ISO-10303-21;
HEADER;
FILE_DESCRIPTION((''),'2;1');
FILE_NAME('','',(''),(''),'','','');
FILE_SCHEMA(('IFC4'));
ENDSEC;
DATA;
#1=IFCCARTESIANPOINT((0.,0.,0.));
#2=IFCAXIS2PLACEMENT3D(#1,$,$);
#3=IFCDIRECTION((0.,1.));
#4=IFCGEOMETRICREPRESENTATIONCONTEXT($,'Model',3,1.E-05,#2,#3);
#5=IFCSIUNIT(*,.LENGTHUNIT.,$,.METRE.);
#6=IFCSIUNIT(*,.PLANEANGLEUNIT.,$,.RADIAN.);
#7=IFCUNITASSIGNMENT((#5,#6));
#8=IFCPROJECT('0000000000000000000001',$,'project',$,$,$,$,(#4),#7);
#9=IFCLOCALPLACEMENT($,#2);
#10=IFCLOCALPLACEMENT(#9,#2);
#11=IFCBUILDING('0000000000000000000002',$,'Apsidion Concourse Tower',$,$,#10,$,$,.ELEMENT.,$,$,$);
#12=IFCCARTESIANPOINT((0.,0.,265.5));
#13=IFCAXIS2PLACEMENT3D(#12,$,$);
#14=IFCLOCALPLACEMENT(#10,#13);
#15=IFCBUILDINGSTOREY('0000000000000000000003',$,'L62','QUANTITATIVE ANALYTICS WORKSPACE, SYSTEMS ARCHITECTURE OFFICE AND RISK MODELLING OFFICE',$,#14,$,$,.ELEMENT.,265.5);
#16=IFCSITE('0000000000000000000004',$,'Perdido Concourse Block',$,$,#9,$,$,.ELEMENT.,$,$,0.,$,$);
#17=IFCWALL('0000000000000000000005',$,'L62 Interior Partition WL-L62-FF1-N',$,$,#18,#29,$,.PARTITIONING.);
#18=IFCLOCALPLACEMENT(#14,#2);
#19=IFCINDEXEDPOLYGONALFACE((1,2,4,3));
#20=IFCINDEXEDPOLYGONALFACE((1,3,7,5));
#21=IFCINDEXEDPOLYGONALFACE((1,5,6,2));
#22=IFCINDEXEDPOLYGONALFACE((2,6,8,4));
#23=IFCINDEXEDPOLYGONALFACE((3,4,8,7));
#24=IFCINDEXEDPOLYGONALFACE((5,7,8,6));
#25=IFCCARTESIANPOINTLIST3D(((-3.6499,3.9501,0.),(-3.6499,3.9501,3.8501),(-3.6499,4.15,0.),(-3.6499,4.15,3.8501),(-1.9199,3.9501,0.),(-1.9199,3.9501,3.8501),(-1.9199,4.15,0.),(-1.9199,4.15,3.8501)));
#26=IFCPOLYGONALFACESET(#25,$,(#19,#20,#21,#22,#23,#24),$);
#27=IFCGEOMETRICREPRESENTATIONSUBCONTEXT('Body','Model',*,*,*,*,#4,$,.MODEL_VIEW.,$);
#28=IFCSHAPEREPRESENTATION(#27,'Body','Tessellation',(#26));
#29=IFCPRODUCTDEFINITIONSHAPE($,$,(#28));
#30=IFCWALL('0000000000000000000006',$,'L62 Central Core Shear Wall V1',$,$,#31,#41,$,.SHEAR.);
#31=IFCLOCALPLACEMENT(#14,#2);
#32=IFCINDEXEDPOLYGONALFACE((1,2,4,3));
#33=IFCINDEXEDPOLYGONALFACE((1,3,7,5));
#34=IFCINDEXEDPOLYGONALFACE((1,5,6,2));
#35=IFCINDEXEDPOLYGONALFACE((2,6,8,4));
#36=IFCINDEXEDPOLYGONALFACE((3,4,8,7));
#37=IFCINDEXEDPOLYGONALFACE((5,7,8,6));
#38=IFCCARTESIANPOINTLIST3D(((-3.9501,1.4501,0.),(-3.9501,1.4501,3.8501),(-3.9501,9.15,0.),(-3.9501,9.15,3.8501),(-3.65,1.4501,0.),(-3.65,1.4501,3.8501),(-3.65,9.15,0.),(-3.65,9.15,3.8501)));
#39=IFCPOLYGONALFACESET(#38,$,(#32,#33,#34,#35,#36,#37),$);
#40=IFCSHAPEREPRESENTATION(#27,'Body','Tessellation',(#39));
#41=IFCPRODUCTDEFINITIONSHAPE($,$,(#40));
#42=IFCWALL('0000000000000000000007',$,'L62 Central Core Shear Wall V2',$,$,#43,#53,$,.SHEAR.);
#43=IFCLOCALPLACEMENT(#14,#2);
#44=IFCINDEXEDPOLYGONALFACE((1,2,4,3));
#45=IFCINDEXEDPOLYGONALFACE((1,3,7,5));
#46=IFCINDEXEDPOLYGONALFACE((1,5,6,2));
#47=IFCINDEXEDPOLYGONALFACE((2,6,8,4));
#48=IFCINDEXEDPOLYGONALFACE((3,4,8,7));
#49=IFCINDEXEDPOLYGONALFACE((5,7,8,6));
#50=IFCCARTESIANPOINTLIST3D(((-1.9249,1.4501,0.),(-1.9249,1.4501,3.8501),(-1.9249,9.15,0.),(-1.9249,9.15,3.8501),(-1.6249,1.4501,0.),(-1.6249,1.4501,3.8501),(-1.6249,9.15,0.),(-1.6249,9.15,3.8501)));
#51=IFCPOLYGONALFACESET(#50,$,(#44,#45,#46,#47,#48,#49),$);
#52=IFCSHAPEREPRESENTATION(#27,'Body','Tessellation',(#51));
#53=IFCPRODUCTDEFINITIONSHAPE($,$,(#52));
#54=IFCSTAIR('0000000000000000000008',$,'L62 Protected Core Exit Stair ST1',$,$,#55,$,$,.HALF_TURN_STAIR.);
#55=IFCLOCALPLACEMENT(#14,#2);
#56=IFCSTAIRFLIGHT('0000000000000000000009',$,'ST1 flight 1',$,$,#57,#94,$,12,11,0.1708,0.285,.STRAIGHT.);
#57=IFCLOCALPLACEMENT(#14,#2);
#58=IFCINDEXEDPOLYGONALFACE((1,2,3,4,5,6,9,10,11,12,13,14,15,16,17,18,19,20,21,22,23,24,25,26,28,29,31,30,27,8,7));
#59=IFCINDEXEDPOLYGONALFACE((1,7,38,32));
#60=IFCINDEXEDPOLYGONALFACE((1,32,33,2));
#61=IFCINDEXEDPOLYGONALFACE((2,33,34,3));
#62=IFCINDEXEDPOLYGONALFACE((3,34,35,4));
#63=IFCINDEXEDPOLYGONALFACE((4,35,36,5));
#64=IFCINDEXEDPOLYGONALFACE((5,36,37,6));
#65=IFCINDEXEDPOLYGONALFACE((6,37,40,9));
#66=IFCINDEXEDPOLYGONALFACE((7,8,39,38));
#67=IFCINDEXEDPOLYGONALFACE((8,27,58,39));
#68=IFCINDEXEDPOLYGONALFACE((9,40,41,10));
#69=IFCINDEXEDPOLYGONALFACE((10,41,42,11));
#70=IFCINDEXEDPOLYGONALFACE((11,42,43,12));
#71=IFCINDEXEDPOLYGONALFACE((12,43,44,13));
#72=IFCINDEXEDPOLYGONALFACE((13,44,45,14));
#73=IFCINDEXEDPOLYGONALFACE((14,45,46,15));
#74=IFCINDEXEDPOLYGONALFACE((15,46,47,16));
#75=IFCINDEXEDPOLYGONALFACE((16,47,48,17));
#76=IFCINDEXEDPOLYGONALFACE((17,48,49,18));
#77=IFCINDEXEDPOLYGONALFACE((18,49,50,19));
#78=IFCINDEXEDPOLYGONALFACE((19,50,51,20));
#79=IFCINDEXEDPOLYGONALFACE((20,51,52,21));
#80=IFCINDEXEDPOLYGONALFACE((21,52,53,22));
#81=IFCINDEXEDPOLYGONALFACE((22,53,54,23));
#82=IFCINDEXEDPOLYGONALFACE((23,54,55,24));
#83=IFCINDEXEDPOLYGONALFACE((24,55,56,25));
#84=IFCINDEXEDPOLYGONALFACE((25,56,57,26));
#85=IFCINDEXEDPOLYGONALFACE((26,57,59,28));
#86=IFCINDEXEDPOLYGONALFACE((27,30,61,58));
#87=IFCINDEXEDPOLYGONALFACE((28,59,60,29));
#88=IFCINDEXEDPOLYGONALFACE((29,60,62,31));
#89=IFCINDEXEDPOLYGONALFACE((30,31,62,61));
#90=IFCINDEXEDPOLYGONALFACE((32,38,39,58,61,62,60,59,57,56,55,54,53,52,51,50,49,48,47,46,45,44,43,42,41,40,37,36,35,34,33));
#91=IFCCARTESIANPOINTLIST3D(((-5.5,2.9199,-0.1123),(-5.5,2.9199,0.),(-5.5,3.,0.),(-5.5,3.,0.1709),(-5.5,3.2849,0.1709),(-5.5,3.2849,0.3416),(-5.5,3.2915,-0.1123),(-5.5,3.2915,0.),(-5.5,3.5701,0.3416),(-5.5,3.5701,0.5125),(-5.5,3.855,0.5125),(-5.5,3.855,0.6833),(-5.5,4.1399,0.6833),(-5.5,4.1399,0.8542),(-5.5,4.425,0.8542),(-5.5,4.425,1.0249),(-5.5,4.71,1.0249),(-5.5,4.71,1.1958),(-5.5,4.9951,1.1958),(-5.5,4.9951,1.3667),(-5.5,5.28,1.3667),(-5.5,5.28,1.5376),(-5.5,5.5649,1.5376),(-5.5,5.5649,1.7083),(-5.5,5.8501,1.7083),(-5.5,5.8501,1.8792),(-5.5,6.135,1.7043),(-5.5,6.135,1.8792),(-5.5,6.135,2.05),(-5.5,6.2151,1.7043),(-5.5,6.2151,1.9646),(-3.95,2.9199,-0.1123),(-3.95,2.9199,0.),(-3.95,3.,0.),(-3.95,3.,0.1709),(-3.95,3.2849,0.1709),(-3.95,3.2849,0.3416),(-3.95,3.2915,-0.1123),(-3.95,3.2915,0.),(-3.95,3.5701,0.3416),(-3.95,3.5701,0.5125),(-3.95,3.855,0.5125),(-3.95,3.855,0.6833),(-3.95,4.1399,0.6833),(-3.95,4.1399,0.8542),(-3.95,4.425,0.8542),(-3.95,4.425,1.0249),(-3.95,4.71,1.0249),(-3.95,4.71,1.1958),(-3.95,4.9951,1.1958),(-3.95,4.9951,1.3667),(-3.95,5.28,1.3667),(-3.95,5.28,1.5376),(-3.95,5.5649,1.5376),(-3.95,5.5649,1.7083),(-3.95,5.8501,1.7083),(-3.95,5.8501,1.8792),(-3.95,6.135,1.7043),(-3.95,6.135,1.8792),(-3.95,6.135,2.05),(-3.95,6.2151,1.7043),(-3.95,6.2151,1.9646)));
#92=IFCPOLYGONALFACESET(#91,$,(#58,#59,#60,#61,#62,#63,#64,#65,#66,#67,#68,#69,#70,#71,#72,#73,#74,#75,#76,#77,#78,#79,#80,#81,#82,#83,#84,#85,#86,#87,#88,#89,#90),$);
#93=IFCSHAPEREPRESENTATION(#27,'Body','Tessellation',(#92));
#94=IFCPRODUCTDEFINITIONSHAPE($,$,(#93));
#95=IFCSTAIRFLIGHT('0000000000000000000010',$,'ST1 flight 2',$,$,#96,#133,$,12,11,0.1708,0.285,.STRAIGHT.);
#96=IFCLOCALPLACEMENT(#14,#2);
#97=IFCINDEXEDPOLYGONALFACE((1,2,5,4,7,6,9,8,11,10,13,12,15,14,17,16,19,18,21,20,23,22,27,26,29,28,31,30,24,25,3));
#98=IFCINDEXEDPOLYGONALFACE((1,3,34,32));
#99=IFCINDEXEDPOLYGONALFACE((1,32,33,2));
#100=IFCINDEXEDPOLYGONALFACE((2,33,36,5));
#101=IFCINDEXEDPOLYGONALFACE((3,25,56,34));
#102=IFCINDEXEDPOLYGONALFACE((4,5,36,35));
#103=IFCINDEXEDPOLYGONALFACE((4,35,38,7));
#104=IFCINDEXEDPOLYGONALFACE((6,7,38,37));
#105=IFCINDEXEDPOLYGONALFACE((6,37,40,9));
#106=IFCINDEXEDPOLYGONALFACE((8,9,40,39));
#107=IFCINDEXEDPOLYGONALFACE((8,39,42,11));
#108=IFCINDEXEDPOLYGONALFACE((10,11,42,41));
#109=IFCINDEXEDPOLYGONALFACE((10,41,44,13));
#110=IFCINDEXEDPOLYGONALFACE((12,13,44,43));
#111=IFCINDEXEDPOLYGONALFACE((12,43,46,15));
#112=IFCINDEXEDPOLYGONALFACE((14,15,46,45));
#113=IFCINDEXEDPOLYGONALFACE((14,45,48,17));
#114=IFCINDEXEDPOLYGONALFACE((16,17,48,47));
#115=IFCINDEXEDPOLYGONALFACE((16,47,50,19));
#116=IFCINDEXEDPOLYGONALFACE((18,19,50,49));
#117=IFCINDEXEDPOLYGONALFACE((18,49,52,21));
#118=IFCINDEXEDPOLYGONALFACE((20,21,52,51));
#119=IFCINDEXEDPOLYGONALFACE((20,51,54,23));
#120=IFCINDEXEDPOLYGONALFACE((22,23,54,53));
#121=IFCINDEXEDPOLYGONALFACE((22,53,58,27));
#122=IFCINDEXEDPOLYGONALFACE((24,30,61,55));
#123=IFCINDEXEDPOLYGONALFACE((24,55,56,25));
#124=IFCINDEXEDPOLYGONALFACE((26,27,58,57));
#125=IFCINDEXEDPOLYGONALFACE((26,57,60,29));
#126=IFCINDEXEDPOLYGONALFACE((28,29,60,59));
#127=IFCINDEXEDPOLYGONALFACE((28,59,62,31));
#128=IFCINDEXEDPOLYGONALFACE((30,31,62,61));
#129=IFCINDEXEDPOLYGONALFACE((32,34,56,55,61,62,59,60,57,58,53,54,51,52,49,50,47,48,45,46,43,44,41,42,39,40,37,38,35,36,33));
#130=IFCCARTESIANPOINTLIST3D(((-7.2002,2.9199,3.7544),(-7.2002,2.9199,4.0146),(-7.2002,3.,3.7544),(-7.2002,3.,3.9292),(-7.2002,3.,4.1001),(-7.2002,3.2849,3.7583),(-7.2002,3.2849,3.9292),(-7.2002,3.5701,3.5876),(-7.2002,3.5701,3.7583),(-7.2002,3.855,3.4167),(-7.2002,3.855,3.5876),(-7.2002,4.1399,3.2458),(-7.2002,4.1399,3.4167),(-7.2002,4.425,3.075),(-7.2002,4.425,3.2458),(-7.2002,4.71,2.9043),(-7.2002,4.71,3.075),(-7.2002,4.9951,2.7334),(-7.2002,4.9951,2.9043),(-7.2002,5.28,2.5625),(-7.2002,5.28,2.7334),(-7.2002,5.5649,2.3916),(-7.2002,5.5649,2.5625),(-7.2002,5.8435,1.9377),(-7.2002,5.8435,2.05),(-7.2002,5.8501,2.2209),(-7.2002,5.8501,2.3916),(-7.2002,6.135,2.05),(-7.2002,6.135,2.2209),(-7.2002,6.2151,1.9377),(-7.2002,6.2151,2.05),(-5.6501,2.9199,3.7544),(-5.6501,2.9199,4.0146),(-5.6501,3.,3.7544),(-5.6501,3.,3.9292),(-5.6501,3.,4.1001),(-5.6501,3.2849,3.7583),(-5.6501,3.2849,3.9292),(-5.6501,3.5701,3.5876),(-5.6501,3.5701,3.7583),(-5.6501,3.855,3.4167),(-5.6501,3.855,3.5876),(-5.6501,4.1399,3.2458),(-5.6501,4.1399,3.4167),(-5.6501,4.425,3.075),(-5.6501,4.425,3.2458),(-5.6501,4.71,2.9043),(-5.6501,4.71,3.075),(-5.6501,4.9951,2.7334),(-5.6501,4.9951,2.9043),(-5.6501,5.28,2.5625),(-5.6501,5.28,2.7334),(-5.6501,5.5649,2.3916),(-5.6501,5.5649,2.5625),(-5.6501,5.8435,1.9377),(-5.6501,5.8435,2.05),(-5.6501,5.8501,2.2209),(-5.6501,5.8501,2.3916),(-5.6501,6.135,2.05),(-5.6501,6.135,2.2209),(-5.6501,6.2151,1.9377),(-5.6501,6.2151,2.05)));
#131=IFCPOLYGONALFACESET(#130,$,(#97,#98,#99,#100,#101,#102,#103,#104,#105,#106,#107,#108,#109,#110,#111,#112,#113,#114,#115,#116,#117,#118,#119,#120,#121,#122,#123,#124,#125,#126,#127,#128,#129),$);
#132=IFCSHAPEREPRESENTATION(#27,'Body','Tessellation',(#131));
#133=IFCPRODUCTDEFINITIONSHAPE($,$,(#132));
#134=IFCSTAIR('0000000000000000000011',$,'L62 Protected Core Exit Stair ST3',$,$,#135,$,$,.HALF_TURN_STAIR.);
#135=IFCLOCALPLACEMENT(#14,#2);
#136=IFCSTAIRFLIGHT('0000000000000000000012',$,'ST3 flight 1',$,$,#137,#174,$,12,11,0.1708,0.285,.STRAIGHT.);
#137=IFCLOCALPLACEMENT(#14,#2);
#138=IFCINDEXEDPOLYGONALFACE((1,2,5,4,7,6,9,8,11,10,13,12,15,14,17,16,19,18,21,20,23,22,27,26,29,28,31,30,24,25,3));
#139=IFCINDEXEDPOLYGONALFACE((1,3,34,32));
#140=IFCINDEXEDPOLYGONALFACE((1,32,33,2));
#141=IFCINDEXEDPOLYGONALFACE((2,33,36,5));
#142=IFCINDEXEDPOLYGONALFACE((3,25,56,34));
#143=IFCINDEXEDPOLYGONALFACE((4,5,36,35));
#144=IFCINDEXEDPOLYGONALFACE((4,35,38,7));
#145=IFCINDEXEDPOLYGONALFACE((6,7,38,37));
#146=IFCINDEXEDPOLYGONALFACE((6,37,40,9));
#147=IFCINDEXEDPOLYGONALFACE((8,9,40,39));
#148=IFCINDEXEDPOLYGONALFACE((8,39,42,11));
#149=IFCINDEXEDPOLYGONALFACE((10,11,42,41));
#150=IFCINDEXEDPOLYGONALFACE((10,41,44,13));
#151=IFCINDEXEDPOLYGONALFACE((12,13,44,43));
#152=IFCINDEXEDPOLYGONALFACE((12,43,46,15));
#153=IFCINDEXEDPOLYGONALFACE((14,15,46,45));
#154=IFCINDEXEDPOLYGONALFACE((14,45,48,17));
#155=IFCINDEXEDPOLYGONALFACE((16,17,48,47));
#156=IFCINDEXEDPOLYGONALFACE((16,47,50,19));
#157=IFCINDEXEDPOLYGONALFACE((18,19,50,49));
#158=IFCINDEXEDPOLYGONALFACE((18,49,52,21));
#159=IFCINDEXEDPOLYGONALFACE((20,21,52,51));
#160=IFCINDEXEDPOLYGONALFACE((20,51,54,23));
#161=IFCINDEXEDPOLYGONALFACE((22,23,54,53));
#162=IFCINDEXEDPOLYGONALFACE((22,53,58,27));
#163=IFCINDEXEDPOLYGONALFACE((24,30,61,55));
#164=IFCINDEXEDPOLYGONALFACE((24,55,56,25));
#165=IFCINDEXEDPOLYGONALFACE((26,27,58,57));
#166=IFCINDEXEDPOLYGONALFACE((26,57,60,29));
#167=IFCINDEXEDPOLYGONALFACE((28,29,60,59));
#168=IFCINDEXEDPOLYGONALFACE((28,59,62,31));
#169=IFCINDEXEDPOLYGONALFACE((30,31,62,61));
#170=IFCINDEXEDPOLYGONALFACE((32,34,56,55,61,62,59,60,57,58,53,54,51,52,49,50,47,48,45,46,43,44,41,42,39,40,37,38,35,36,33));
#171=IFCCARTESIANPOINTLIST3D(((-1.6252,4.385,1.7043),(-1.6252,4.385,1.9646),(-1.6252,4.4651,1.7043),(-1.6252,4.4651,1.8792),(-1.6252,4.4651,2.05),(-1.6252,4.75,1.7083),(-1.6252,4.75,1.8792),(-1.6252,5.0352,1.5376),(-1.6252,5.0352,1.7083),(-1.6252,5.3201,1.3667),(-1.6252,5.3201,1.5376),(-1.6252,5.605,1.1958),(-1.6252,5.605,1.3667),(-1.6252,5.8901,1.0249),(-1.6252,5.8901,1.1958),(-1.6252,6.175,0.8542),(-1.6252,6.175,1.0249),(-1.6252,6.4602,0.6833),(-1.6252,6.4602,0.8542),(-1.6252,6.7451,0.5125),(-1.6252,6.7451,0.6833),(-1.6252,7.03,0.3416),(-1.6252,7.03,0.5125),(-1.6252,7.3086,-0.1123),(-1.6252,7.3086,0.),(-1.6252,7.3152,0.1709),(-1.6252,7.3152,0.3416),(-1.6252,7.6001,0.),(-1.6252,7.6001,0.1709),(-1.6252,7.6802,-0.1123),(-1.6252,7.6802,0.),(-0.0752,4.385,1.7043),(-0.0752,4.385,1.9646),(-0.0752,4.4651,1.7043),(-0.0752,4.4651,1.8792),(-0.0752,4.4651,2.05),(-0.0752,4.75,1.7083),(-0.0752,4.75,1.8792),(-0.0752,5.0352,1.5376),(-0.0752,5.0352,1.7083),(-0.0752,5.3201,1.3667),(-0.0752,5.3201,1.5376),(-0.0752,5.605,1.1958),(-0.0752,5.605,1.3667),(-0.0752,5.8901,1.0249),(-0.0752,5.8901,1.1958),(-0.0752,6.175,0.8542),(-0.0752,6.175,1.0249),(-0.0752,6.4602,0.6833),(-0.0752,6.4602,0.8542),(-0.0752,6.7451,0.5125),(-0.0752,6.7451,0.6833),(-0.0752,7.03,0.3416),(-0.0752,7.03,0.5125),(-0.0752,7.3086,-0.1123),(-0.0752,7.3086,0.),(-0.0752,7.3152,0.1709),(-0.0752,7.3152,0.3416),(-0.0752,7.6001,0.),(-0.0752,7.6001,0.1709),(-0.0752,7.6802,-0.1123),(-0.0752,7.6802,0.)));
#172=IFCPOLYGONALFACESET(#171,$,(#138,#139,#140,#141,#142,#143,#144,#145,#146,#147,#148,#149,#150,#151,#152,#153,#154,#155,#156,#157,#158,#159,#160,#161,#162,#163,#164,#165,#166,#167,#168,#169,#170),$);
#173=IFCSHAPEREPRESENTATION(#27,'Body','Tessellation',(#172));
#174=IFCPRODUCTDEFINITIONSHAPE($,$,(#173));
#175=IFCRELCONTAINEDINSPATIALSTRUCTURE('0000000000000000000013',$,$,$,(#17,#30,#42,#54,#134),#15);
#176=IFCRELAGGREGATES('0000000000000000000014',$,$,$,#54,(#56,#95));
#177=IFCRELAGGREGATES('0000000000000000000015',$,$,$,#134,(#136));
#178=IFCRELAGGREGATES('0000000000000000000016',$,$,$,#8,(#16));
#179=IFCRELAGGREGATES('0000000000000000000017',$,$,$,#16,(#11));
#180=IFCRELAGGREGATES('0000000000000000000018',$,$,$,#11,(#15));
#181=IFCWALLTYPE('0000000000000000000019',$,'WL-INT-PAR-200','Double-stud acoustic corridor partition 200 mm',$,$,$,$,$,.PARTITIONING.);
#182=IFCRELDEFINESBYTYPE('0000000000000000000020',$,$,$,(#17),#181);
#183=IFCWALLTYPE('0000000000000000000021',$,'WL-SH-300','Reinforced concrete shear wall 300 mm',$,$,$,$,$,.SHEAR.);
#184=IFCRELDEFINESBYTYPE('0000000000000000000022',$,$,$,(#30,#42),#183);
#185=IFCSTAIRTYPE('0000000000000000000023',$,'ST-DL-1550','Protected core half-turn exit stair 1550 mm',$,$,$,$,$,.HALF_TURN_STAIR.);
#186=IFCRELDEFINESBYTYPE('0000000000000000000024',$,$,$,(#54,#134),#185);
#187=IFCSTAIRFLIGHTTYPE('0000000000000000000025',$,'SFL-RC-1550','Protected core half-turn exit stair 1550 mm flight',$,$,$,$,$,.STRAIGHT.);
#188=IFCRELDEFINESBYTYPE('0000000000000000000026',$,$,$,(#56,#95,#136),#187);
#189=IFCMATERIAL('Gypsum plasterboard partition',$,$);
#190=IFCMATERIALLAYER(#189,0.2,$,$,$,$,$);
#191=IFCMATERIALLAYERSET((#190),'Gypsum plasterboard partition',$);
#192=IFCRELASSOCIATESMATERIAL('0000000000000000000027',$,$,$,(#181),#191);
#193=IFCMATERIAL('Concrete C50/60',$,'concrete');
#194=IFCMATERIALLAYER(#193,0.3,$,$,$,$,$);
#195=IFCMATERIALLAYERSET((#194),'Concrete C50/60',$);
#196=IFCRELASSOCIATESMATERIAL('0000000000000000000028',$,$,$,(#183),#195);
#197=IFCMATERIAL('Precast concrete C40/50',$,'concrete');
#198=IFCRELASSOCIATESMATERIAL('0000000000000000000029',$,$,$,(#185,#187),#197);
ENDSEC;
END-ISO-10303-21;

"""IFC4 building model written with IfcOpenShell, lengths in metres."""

from ifc_helpers import new_model, si_unit, direction, frame, frame_2d, origin, place, context, subcontext, project, spatial, polyline, rectangle, outline, extrude, material, layer, layer_set, type_object, element, aggregate, save


model = new_model("IFC4")

# Units and contexts
model_context = context("Model", 3, precision=1e-05, world=origin(), true_north=direction((0.0, 1.0)))
body_context = subcontext(model_context, "Body", "Model", "MODEL_VIEW")
ifc_project = project(units=[si_unit("LENGTHUNIT", "METRE"), si_unit("PLANEANGLEUNIT", "RADIAN")], contexts=[model_context])

# Site, building, storey
site_placement = place(None, origin())
site = spatial("IfcSite", under=ifc_project, at=site_placement, Name="Perdido Concourse Block", CompositionType="ELEMENT", RefElevation=0.0)
building_placement = place(site_placement, origin())
building = spatial("IfcBuilding", under=site, at=building_placement, Name="Apsidion Concourse Tower", CompositionType="ELEMENT")
storey_placement = place(building_placement, frame((0.0, 0.0, 265.5)))
storey = spatial("IfcBuildingStorey", under=building, at=storey_placement, Name="L62", Description="QUANTITATIVE ANALYTICS WORKSPACE, SYSTEMS ARCHITECTURE OFFICE AND RISK MODELLING OFFICE", CompositionType="ELEMENT", Elevation=265.5)

# Shared definitions
ifc_material_1 = material(Name="Concrete C50/60", Category="concrete")

# Shared definitions
ifc_material_2 = material(Name="Gypsum plasterboard partition")

# Walls
ifc_layer_1 = layer(ifc_material_2, 0.2)
ifc_layer_set_1 = layer_set([ifc_layer_1], Name="Gypsum plasterboard partition")
wall_type_1 = type_object("IfcWallType", Name="WL-INT-PAR-200", Description="Double-stud acoustic corridor partition 200 mm", PredefinedType="PARTITIONING", material=ifc_layer_set_1)
wall_1_placement = place(storey_placement, frame((-3.6499, 4.05, 0.0), z_axis=(0.0, 0.0, 1.0), x_axis=(1.0, 0.0, 0.0)))
element("IfcWall", 1, at=wall_1_placement, inside=storey, type_object=wall_type_1, Name="L62 Interior Partition WL-L62-FF1-N", PredefinedType="PARTITIONING", context=body_context, shape_type="SweptSolid", body=[
    extrude(rectangle(XDim=1.73, YDim=0.2, at=frame_2d((0.865, 0.0))), origin(), (0.0, 0.0, 1.0), 3.8501),
])
ifc_layer_2 = layer(ifc_material_1, 0.3)
ifc_layer_set_2 = layer_set([ifc_layer_2], Name="Concrete C50/60")
wall_type_2 = type_object("IfcWallType", Name="WL-SH-300", Description="Reinforced concrete shear wall 300 mm", PredefinedType="SHEAR", material=ifc_layer_set_2)
for number, where, z_axis, x_axis, name in (
    (2, (-3.8, 1.45, 0.0), (0.0, 0.0, 1.0), (0.0, 1.0, 0.0), "L62 Central Core Shear Wall V1"),
    (3, (-1.7749, 1.45, 0.0), (0.0, 0.0, 1.0), (0.0, 1.0, 0.0), "L62 Central Core Shear Wall V2"),
):
    element("IfcWall", number, at=place(storey_placement, frame(where, z_axis=z_axis, x_axis=x_axis)), inside=storey, type_object=wall_type_2, Name=name, PredefinedType="SHEAR", context=body_context, shape_type="SweptSolid", body=[
        extrude(rectangle(XDim=7.7, YDim=0.3, at=frame_2d((3.8501, 0.0))), origin(), (0.0, 0.0, 1.0), 3.8501),
    ])

# Stair, stair flights
ifc_material_3 = material(Name="Precast concrete C40/50", Category="concrete")
stair_type = type_object("IfcStairType", Name="ST-DL-1550", Description="Protected core half-turn exit stair 1550 mm", PredefinedType="HALF_TURN_STAIR", material=ifc_material_3)
stair_1_placement = place(storey_placement, origin())
stair_1 = element("IfcStair", 4, at=stair_1_placement, inside=storey, type_object=stair_type, Name="L62 Protected Core Exit Stair ST1", PredefinedType="HALF_TURN_STAIR")
stair_flight_type = type_object("IfcStairFlightType", Name="SFL-RC-1550", Description="Protected core half-turn exit stair 1550 mm flight", PredefinedType="STRAIGHT", material=ifc_material_3)
stair_flight_1_placement = place(storey_placement, frame((-4.7251, 3.0, 0.0), z_axis=(0.0, 0.0, 1.0), x_axis=(0.0, 1.0, 0.0)))
stair_flight_1 = element("IfcStairFlight", 5, at=stair_flight_1_placement, type_object=stair_flight_type, Name="ST1 flight 1", NumberOfRisers=12, NumberOfTreads=11, PredefinedType="STRAIGHT", RiserHeight=0.1708, TreadLength=0.285, context=body_context, shape_type="SweptSolid", body=[
    extrude(outline(polyline([(-0.0801, -0.1123), (-0.0801, 0.0), (0.0, 0.0), (0.0, 0.1709), (0.2849, 0.1709), (0.2849, 0.3416), (0.5701, 0.3416), (0.5701, 0.5125), (0.855, 0.5125), (0.855, 0.6833), (1.1399, 0.6833), (1.1399, 0.8542), (1.425, 0.8542), (1.425, 1.0249), (1.71, 1.0249), (1.71, 1.1958), (1.9951, 1.1958), (1.9951, 1.3667), (2.28, 1.3667), (2.28, 1.5376), (2.5649, 1.5376), (2.5649, 1.7083), (2.8501, 1.7083), (2.8501, 1.8792), (3.135, 1.8792), (3.135, 2.05), (3.2151, 1.9646), (3.2151, 1.7043), (3.135, 1.7043), (0.2915, 0.0), (0.2915, -0.1123), (-0.0801, -0.1123)])), frame((0.0, 0.7749, 0.0), z_axis=(0.0, -1.0, 0.0), x_axis=(1.0, 0.0, 0.0)), (0.0, 0.0, 1.0), 1.55),
])
stair_flight_2_placement = place(storey_placement, frame((-6.425, 6.135, 2.05), z_axis=(0.0, 0.0, 1.0), x_axis=(0.0, -1.0, 0.0)))
stair_flight_2 = element("IfcStairFlight", 6, at=stair_flight_2_placement, type_object=stair_flight_type, Name="ST1 flight 2", NumberOfRisers=12, NumberOfTreads=11, PredefinedType="STRAIGHT", RiserHeight=0.1708, TreadLength=0.285, context=body_context, shape_type="SweptSolid", body=[
    extrude(outline(polyline([(-0.0801, -0.1123), (-0.0801, 0.0), (0.0, 0.0), (0.0, 0.1709), (0.2849, 0.1709), (0.2849, 0.3416), (0.5701, 0.3416), (0.5701, 0.5125), (0.855, 0.5125), (0.855, 0.6833), (1.1399, 0.6833), (1.1399, 0.8542), (1.425, 0.8542), (1.425, 1.0249), (1.71, 1.0249), (1.71, 1.1958), (1.9951, 1.1958), (1.9951, 1.3667), (2.28, 1.3667), (2.28, 1.5376), (2.5649, 1.5376), (2.5649, 1.7083), (2.8501, 1.7083), (2.8501, 1.8792), (3.135, 1.8792), (3.135, 2.05), (3.2151, 1.9646), (3.2151, 1.7043), (3.135, 1.7043), (0.2915, 0.0), (0.2915, -0.1123), (-0.0801, -0.1123)])), frame((0.0, 0.7749, 0.0), z_axis=(0.0, -1.0, 0.0), x_axis=(1.0, 0.0, 0.0)), (0.0, 0.0, 1.0), 1.55),
])
aggregate(stair_1, [stair_flight_1, stair_flight_2])

# Stair, stair flight
stair_2_placement = place(storey_placement, origin())
stair_2 = element("IfcStair", 7, at=stair_2_placement, inside=storey, type_object=stair_type, Name="L62 Protected Core Exit Stair ST3", PredefinedType="HALF_TURN_STAIR")
stair_flight_3_placement = place(storey_placement, frame((-0.8501, 7.6001, 0.0), z_axis=(0.0, 0.0, 1.0), x_axis=(0.0, -1.0, 0.0)))
stair_flight_3 = element("IfcStairFlight", 8, at=stair_flight_3_placement, type_object=stair_flight_type, Name="ST3 flight 1", NumberOfRisers=12, NumberOfTreads=11, PredefinedType="STRAIGHT", RiserHeight=0.1708, TreadLength=0.285, context=body_context, shape_type="SweptSolid", body=[
    extrude(outline(polyline([(-0.0801, -0.1123), (-0.0801, 0.0), (0.0, 0.0), (0.0, 0.1709), (0.2849, 0.1709), (0.2849, 0.3416), (0.5701, 0.3416), (0.5701, 0.5125), (0.855, 0.5125), (0.855, 0.6833), (1.1399, 0.6833), (1.1399, 0.8542), (1.425, 0.8542), (1.425, 1.0249), (1.71, 1.0249), (1.71, 1.1958), (1.9951, 1.1958), (1.9951, 1.3667), (2.28, 1.3667), (2.28, 1.5376), (2.5649, 1.5376), (2.5649, 1.7083), (2.8501, 1.7083), (2.8501, 1.8792), (3.135, 1.8792), (3.135, 2.05), (3.2151, 1.9646), (3.2151, 1.7043), (3.135, 1.7043), (0.2915, 0.0), (0.2915, -0.1123), (-0.0801, -0.1123)])), frame((0.0, 0.7749, 0.0), z_axis=(0.0, -1.0, 0.0), x_axis=(1.0, 0.0, 0.0)), (0.0, 0.0, 1.0), 1.55),
])
aggregate(stair_2, [stair_flight_3])

save(model, "model.ifc")
